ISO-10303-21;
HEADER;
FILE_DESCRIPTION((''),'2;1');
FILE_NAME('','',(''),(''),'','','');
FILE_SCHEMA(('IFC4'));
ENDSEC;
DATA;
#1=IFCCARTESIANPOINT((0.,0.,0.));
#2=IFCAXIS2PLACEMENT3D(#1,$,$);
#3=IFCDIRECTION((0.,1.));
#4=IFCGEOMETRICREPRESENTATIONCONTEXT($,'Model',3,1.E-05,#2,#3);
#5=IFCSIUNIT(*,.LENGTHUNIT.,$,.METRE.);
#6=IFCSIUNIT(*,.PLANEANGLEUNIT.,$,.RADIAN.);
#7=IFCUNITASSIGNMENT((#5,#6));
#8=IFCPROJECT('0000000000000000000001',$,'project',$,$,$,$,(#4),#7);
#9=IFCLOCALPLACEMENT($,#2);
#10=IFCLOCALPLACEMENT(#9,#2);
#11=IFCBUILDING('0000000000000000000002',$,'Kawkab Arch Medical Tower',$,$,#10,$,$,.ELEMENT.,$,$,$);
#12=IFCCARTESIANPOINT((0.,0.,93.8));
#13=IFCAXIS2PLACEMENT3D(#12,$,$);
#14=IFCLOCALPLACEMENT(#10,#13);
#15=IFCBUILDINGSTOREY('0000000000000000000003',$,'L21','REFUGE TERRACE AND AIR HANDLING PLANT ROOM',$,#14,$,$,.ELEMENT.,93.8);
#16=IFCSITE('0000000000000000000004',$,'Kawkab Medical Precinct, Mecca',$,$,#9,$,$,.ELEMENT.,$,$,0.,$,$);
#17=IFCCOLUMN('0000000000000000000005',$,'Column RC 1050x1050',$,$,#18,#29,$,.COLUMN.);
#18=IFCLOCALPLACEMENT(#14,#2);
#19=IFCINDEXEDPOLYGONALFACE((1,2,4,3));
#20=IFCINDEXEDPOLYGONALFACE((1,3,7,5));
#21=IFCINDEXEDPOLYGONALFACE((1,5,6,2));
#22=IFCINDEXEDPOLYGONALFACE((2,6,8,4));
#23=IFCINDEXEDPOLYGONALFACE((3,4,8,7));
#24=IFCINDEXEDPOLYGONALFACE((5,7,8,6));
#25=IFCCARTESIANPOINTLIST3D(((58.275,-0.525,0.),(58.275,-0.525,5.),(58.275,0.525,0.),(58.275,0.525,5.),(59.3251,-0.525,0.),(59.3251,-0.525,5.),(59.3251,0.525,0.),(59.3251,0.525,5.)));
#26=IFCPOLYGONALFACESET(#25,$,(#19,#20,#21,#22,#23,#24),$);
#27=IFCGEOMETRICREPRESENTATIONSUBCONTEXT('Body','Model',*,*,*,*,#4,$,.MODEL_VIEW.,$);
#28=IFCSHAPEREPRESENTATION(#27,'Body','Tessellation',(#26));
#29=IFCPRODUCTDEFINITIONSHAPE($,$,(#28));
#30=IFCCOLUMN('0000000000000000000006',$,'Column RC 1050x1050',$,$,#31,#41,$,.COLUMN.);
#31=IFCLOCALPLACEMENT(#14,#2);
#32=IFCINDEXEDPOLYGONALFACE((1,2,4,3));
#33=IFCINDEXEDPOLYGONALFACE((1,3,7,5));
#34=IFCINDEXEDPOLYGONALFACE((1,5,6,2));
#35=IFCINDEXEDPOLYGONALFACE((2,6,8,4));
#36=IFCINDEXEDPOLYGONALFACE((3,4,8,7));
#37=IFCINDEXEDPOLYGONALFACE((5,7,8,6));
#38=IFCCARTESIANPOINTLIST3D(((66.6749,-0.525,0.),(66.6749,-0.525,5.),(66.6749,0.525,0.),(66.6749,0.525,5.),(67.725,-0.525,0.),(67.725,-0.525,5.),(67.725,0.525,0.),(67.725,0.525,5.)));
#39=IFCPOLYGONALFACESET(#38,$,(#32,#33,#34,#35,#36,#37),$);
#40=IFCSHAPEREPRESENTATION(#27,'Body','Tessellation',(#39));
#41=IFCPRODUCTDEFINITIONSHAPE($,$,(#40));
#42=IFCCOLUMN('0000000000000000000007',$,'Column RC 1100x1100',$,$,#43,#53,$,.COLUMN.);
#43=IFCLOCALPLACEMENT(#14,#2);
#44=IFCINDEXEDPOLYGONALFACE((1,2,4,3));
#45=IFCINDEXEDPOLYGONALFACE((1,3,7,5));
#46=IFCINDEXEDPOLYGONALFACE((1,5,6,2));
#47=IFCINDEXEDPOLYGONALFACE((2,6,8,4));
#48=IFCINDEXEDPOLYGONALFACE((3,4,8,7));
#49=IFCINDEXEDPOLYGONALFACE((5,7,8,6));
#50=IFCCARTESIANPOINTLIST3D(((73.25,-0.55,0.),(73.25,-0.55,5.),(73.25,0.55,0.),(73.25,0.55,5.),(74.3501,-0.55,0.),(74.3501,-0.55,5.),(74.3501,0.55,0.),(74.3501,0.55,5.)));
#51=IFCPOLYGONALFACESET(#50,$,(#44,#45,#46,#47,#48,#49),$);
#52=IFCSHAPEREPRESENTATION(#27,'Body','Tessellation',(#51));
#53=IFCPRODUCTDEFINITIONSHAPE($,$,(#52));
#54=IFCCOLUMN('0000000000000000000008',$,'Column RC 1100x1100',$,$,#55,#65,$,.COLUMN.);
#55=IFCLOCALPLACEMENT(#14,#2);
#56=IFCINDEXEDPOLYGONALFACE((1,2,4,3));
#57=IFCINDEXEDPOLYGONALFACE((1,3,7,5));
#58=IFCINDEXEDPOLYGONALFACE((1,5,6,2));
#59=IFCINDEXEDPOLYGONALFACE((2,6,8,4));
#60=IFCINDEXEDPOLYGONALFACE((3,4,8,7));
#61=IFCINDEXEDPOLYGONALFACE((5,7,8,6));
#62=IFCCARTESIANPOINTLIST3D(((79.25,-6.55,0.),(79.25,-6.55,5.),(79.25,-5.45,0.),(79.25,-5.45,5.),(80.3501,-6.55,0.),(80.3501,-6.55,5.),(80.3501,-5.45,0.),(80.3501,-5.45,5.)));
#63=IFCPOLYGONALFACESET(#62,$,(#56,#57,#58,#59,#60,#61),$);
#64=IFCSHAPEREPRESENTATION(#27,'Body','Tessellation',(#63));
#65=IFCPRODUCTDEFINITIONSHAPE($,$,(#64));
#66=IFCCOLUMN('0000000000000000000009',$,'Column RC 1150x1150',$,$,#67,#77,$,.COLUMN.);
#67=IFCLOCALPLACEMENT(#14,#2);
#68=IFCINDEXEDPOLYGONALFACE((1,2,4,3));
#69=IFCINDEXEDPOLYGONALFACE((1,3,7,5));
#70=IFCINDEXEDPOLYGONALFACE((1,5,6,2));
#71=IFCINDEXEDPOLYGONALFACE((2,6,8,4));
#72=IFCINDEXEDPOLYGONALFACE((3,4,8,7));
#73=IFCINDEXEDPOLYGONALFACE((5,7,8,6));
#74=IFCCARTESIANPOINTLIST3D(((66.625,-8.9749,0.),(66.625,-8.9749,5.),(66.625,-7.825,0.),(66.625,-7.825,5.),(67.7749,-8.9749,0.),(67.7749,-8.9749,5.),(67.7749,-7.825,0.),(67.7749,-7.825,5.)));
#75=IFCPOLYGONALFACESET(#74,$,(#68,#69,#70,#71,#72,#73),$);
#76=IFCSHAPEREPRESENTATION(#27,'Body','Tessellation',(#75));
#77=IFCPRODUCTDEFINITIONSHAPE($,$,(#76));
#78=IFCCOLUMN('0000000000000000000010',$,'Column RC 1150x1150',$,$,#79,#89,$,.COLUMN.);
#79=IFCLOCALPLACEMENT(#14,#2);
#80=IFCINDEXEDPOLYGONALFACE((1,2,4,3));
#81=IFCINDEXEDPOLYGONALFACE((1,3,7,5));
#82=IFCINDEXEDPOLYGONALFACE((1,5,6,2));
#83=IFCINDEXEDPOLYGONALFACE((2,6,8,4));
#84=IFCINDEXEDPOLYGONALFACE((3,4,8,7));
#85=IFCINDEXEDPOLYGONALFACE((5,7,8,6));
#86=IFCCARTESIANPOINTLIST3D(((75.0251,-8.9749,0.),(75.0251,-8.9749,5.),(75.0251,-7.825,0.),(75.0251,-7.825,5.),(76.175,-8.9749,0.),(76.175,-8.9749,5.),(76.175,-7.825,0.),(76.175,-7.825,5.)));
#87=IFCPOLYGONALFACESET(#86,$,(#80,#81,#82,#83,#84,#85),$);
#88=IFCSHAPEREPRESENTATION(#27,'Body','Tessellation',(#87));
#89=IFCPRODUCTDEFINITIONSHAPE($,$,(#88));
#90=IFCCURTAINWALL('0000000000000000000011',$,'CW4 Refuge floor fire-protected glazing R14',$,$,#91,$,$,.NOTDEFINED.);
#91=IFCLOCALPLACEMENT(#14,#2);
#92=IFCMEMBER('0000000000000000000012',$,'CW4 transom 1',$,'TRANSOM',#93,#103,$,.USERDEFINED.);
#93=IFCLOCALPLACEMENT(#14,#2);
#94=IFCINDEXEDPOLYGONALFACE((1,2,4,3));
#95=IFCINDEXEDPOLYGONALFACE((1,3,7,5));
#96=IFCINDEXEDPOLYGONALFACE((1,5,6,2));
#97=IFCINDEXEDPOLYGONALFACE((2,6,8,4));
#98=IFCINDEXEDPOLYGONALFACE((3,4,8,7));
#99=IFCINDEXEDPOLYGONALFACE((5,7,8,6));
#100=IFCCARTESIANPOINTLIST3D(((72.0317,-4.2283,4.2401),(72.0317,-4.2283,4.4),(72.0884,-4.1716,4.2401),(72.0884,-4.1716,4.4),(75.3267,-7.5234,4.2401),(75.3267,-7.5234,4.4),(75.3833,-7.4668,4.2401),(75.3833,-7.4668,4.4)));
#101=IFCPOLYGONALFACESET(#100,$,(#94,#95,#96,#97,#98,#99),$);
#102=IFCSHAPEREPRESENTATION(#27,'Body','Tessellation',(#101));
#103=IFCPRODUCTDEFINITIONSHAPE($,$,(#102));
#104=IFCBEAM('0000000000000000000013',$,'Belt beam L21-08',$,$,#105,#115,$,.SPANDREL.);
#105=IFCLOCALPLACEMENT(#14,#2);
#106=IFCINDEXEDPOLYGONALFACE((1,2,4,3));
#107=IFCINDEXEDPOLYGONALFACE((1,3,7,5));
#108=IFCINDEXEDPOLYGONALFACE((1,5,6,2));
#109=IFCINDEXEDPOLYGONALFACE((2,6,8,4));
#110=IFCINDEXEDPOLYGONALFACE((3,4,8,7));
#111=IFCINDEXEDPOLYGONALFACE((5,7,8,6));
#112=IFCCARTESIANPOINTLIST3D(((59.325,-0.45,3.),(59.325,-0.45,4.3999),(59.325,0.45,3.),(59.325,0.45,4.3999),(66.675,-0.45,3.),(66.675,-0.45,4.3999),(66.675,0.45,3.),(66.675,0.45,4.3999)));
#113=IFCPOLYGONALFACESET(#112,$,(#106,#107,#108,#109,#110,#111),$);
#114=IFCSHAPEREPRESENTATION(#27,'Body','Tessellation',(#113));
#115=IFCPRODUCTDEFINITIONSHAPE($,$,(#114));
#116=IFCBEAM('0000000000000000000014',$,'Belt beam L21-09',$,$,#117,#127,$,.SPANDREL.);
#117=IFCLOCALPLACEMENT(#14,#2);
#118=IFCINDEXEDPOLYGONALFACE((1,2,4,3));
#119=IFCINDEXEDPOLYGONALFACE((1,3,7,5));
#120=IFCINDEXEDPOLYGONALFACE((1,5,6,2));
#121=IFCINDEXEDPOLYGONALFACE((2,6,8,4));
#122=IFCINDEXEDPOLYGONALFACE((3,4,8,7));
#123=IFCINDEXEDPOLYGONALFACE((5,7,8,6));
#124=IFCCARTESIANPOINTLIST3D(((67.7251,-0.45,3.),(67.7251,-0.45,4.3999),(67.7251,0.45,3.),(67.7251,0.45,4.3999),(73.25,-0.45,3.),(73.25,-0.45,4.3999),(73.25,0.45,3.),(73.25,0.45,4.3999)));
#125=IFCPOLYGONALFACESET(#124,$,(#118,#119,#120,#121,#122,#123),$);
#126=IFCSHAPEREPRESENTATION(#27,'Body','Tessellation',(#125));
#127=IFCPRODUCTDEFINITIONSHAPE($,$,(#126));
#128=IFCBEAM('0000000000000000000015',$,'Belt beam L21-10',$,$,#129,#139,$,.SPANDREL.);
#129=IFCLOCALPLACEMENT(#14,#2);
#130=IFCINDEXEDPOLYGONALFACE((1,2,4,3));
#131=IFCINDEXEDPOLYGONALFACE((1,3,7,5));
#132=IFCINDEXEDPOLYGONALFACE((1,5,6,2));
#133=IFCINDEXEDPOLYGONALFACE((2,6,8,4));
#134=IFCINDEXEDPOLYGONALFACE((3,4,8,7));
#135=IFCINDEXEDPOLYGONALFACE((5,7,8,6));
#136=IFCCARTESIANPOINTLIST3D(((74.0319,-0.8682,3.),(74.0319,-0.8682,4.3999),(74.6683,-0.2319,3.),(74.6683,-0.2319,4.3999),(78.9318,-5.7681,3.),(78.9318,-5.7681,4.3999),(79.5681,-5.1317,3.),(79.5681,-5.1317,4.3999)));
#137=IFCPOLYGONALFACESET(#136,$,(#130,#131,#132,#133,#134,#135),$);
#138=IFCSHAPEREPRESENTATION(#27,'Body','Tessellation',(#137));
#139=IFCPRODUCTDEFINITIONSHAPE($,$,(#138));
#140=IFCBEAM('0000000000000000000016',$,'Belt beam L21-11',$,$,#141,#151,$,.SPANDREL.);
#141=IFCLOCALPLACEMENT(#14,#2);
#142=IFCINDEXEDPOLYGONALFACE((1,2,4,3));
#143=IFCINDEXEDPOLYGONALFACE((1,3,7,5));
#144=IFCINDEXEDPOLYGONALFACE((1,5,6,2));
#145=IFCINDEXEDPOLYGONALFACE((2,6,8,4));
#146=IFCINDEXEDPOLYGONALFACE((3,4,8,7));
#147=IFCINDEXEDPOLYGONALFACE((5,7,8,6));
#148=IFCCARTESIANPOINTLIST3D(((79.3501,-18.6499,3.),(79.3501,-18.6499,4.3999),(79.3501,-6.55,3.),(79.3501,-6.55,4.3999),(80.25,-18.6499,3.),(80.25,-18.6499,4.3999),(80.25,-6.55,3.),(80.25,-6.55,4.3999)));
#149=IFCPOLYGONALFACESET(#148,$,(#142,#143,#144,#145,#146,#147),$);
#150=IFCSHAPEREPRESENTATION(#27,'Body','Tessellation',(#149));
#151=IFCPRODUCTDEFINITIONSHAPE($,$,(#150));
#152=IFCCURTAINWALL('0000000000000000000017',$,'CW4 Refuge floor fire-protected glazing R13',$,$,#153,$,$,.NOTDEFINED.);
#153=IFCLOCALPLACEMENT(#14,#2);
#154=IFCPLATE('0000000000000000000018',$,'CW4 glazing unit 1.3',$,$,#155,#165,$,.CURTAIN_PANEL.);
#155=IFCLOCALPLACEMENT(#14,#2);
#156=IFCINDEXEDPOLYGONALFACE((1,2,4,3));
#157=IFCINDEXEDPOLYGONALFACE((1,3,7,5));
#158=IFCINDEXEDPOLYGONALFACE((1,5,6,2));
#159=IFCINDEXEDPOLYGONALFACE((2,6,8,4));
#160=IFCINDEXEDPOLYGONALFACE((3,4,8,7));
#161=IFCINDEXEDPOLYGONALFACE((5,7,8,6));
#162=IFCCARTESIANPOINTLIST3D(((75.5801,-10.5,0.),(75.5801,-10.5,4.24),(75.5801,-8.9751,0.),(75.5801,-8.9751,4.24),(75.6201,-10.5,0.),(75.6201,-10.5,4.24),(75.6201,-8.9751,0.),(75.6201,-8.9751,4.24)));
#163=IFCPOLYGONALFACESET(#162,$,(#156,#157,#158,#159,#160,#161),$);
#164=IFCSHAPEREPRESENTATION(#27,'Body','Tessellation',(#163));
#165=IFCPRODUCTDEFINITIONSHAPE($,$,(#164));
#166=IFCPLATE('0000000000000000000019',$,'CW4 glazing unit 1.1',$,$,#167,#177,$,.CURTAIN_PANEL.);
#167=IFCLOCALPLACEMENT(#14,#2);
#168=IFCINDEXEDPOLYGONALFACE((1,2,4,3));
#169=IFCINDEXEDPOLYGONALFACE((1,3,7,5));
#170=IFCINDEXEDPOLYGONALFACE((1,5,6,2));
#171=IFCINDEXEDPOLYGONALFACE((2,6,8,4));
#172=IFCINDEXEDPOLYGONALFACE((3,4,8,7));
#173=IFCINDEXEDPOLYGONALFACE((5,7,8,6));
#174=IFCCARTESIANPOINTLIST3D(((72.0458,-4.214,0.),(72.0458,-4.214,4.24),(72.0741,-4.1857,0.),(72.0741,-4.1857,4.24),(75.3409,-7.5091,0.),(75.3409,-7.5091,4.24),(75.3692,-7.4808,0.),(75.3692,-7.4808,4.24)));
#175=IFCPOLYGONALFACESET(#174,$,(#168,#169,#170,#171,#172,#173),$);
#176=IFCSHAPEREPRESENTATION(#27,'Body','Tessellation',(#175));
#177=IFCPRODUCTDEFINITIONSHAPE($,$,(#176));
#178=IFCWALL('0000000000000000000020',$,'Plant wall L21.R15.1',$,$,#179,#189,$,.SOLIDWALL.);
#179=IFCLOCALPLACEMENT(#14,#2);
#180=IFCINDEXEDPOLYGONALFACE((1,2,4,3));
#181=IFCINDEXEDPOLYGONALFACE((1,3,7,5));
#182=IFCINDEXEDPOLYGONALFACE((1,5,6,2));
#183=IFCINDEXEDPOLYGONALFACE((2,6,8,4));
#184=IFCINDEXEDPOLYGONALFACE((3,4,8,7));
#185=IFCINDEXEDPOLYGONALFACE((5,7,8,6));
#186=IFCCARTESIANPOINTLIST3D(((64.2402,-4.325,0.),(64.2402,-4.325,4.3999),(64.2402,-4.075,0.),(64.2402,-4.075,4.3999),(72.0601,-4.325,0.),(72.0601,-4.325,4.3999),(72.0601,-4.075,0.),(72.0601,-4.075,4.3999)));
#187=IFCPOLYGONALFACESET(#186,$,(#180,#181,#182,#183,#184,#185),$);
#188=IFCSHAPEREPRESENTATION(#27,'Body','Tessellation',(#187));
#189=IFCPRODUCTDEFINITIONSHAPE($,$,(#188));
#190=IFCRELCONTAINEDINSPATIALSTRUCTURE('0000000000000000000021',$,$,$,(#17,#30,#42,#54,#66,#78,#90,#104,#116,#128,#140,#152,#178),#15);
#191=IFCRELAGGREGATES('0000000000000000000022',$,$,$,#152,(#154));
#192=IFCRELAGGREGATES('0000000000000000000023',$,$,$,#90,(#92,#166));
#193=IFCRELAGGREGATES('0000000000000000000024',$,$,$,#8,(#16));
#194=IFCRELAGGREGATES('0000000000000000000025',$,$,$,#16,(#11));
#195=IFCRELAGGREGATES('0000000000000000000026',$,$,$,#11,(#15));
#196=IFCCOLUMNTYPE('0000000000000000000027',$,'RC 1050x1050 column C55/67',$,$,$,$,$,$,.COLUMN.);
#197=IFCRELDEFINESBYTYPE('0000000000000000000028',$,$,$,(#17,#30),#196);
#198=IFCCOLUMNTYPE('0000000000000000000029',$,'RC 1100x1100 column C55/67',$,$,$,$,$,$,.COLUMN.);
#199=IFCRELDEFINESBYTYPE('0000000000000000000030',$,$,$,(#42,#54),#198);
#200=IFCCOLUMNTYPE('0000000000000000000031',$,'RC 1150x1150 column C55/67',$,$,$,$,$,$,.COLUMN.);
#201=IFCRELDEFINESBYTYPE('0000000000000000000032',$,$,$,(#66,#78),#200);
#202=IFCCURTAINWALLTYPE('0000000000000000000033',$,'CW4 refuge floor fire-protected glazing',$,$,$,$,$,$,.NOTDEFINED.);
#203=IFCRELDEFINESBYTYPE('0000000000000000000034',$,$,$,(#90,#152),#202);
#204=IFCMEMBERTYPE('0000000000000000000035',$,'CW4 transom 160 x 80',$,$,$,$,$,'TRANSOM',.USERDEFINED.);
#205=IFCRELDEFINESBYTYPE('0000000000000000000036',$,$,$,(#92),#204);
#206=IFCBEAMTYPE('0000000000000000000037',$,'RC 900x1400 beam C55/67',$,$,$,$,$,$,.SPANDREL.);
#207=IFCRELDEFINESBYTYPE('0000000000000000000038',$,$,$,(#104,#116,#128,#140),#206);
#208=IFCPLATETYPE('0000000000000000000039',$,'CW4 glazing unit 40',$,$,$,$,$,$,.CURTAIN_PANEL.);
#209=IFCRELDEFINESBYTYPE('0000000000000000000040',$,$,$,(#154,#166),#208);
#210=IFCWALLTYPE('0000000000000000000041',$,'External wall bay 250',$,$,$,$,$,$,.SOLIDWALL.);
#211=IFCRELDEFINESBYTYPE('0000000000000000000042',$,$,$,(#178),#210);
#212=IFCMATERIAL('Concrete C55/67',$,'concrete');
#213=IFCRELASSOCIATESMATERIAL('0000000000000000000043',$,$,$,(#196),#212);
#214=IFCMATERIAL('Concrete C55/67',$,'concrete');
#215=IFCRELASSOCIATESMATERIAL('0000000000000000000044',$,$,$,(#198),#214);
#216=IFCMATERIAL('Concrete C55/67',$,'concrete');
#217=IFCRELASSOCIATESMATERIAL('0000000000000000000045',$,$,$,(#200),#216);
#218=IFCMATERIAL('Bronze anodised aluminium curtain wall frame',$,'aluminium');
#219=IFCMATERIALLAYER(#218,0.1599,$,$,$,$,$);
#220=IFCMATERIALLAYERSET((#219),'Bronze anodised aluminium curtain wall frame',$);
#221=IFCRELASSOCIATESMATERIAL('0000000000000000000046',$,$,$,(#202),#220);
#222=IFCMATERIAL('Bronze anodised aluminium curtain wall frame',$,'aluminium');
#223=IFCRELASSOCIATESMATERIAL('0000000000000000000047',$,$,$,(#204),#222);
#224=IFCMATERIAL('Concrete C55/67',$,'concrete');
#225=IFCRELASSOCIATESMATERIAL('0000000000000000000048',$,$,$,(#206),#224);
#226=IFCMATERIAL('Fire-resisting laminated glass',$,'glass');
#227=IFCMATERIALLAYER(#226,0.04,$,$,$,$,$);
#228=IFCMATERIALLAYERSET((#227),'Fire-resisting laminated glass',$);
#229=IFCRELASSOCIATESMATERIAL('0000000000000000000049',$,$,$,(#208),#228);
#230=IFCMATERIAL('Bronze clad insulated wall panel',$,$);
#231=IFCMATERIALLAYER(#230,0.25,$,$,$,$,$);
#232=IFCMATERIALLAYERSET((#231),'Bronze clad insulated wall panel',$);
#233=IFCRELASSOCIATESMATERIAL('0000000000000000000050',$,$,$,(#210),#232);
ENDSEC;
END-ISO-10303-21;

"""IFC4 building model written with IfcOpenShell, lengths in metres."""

from ifc_helpers import new_model, si_unit, direction, frame, frame_2d, origin, origin_2d, place, context, subcontext, project, spatial, rectangle, extrude, material, layer, layer_set, material_profile, profile_set, type_object, element, aggregate, save


model = new_model("IFC4")

# Units and contexts
model_context = context("Model", 3, precision=1e-05, world=origin(), true_north=direction((0.0, 1.0)))
body_context = subcontext(model_context, "Body", "Model", "MODEL_VIEW")
ifc_project = project(units=[si_unit("LENGTHUNIT", "METRE"), si_unit("PLANEANGLEUNIT", "RADIAN")], contexts=[model_context])

# Site, building, storey
site_placement = place(None, origin())
site = spatial("IfcSite", under=ifc_project, at=site_placement, Name="Kawkab Medical Precinct, Mecca", CompositionType="ELEMENT", RefElevation=0.0)
building_placement = place(site_placement, origin())
building = spatial("IfcBuilding", under=site, at=building_placement, Name="Kawkab Arch Medical Tower", CompositionType="ELEMENT")
storey_placement = place(building_placement, frame((0.0, 0.0, 93.8)))
storey = spatial("IfcBuildingStorey", under=building, at=storey_placement, Name="L21", Description="REFUGE TERRACE AND AIR HANDLING PLANT ROOM", CompositionType="ELEMENT", Elevation=93.8)

# Columns
ifc_material_1 = material(Name="Concrete C55/67", Category="concrete")
ifc_material_profile_1 = material_profile(ifc_material_1, rectangle(XDim=1.05, YDim=1.05, at=origin_2d()), Name="RC 1050x1050")
ifc_profile_set_1 = profile_set([ifc_material_profile_1], Name="Concrete C55/67")
column_type_1 = type_object("IfcColumnType", Name="RC 1050x1050 column C55/67", PredefinedType="COLUMN", material=ifc_profile_set_1)
for number, where, z_axis, x_axis, name in (
    (1, (58.8, 0.0, 0.0), (0.0, 0.0, 1.0), (1.0, 0.0, 0.0), "Column RC 1050x1050"),
    (2, (67.2, 0.0, 0.0), (0.0, 0.0, 1.0), (1.0, 0.0, 0.0), "Column RC 1050x1050"),
):
    element("IfcColumn", number, at=place(storey_placement, frame(where, z_axis=z_axis, x_axis=x_axis)), inside=storey, type_object=column_type_1, Name=name, PredefinedType="COLUMN", context=body_context, shape_type="SweptSolid", body=[
        extrude(rectangle(XDim=1.05, YDim=1.05, at=origin_2d()), origin(), (0.0, 0.0, 1.0), 5.0),
    ])
ifc_material_2 = material(Name="Concrete C55/67", Category="concrete")
ifc_material_profile_2 = material_profile(ifc_material_2, rectangle(XDim=1.1001, YDim=1.1001, at=origin_2d()), Name="RC 1100x1100")
ifc_profile_set_2 = profile_set([ifc_material_profile_2], Name="Concrete C55/67")
column_type_2 = type_object("IfcColumnType", Name="RC 1100x1100 column C55/67", PredefinedType="COLUMN", material=ifc_profile_set_2)
for number, where, z_axis, x_axis, name in (
    (3, (73.8, 0.0, 0.0), (0.0, 0.0, 1.0), (1.0, 0.0, 0.0), "Column RC 1100x1100"),
    (4, (79.8, -6.0, 0.0), (0.0, 0.0, 1.0), (1.0, 0.0, 0.0), "Column RC 1100x1100"),
):
    element("IfcColumn", number, at=place(storey_placement, frame(where, z_axis=z_axis, x_axis=x_axis)), inside=storey, type_object=column_type_2, Name=name, PredefinedType="COLUMN", context=body_context, shape_type="SweptSolid", body=[
        extrude(rectangle(XDim=1.1001, YDim=1.1001, at=origin_2d()), origin(), (0.0, 0.0, 1.0), 5.0),
    ])
ifc_material_3 = material(Name="Concrete C55/67", Category="concrete")
ifc_material_profile_3 = material_profile(ifc_material_3, rectangle(XDim=1.1499, YDim=1.1499, at=origin_2d()), Name="RC 1150x1150")
ifc_profile_set_3 = profile_set([ifc_material_profile_3], Name="Concrete C55/67")
column_type_3 = type_object("IfcColumnType", Name="RC 1150x1150 column C55/67", PredefinedType="COLUMN", material=ifc_profile_set_3)
for number, where, z_axis, x_axis, name in (
    (5, (67.2, -8.3999, 0.0), (0.0, 0.0, 1.0), (1.0, 0.0, 0.0), "Column RC 1150x1150"),
    (6, (75.6001, -8.3999, 0.0), (0.0, 0.0, 1.0), (1.0, 0.0, 0.0), "Column RC 1150x1150"),
):
    element("IfcColumn", number, at=place(storey_placement, frame(where, z_axis=z_axis, x_axis=x_axis)), inside=storey, type_object=column_type_3, Name=name, PredefinedType="COLUMN", context=body_context, shape_type="SweptSolid", body=[
        extrude(rectangle(XDim=1.1499, YDim=1.1499, at=origin_2d()), origin(), (0.0, 0.0, 1.0), 5.0),
    ])

# Curtain wall, member
ifc_material_4 = material(Name="Bronze anodised aluminium curtain wall frame", Category="aluminium")
ifc_layer_1 = layer(ifc_material_4, 0.1599)
ifc_layer_set_1 = layer_set([ifc_layer_1], Name="Bronze anodised aluminium curtain wall frame")
curtain_wall_type = type_object("IfcCurtainWallType", Name="CW4 refuge floor fire-protected glazing", PredefinedType="NOTDEFINED", material=ifc_layer_set_1)
placement = place(storey_placement, origin())
curtain_wall_1 = element("IfcCurtainWall", 7, at=placement, inside=storey, type_object=curtain_wall_type, Name="CW4 Refuge floor fire-protected glazing R14", PredefinedType="NOTDEFINED")
ifc_material_5 = material(Name="Bronze anodised aluminium curtain wall frame", Category="aluminium")
ifc_material_profile_4 = material_profile(ifc_material_5, rectangle(XDim=0.0801, YDim=0.1599, at=origin_2d()), Name="AL 80x160")
ifc_profile_set_4 = profile_set([ifc_material_profile_4], Name="Bronze anodised aluminium curtain wall frame")
member_type = type_object("IfcMemberType", Name="CW4 transom 160 x 80", ElementType="TRANSOM", PredefinedType="USERDEFINED", material=ifc_profile_set_4)
member_placement = place(storey_placement, frame((75.355, -7.4951, 4.3201), z_axis=(-0.707081, 0.707133, 0.0), x_axis=(-0.707133, -0.707081, 0.0)))
member = element("IfcMember", 8, at=member_placement, type_object=member_type, Name="CW4 transom 1", ObjectType="TRANSOM", PredefinedType="USERDEFINED", context=body_context, shape_type="SweptSolid", body=[
    extrude(rectangle(XDim=0.0801, YDim=0.1599, at=origin_2d()), origin(), (0.0, 0.0, 1.0), 4.6599),
])

# Beams
ifc_material_6 = material(Name="Concrete C55/67", Category="concrete")
ifc_material_profile_5 = material_profile(ifc_material_6, rectangle(XDim=0.8999, YDim=1.3999, at=origin_2d()), Name="RC 900x1400")
ifc_profile_set_5 = profile_set([ifc_material_profile_5], Name="Concrete C55/67")
beam_type = type_object("IfcBeamType", Name="RC 900x1400 beam C55/67", PredefinedType="SPANDREL", material=ifc_profile_set_5)
beam_1_placement = place(storey_placement, frame((59.325, 0.0, 3.7), z_axis=(1.0, 0.0, 0.0), x_axis=(0.0, 1.0, 0.0)))
element("IfcBeam", 9, at=beam_1_placement, inside=storey, type_object=beam_type, Name="Belt beam L21-08", PredefinedType="SPANDREL", context=body_context, shape_type="SweptSolid", body=[
    extrude(rectangle(XDim=0.8999, YDim=1.3999, at=origin_2d()), origin(), (0.0, 0.0, 1.0), 7.3501),
])
beam_2_placement = place(storey_placement, frame((67.7251, 0.0, 3.7), z_axis=(1.0, 0.0, 0.0), x_axis=(0.0, 1.0, 0.0)))
element("IfcBeam", 10, at=beam_2_placement, inside=storey, type_object=beam_type, Name="Belt beam L21-09", PredefinedType="SPANDREL", context=body_context, shape_type="SweptSolid", body=[
    extrude(rectangle(XDim=0.8999, YDim=1.3999, at=origin_2d()), origin(), (0.0, 0.0, 1.0), 5.5249),
])
beam_3_placement = place(storey_placement, frame((74.3501, -0.55, 3.7), z_axis=(0.707107, -0.707107, 0.0), x_axis=(0.707107, 0.707107, 0.0)))
element("IfcBeam", 11, at=beam_3_placement, inside=storey, type_object=beam_type, Name="Belt beam L21-10", PredefinedType="SPANDREL", context=body_context, shape_type="SweptSolid", body=[
    extrude(rectangle(XDim=0.8999, YDim=1.3999, at=origin_2d()), origin(), (0.0, 0.0, 1.0), 6.9294),
])
beam_4_placement = place(storey_placement, frame((79.8, -6.55, 3.7), z_axis=(0.0, -1.0, 0.0), x_axis=(1.0, 0.0, 0.0)))
element("IfcBeam", 12, at=beam_4_placement, inside=storey, type_object=beam_type, Name="Belt beam L21-11", PredefinedType="SPANDREL", context=body_context, shape_type="SweptSolid", body=[
    extrude(rectangle(XDim=0.8999, YDim=1.3999, at=origin_2d()), origin(), (0.0, 0.0, 1.0), 12.0999),
])

# Curtain wall, plate
curtain_wall_2 = element("IfcCurtainWall", 13, at=placement, inside=storey, type_object=curtain_wall_type, Name="CW4 Refuge floor fire-protected glazing R13", PredefinedType="NOTDEFINED")
ifc_material_7 = material(Name="Fire-resisting laminated glass", Category="glass")
ifc_layer_2 = layer(ifc_material_7, 0.04)
ifc_layer_set_2 = layer_set([ifc_layer_2], Name="Fire-resisting laminated glass")
plate_type = type_object("IfcPlateType", Name="CW4 glazing unit 40", PredefinedType="CURTAIN_PANEL", material=ifc_layer_set_2)
plate_1_placement = place(storey_placement, frame((75.6001, -9.7375, 0.0), z_axis=(0.0, 0.0, 1.0), x_axis=(0.0, 1.0, 0.0)))
plate_1 = element("IfcPlate", 14, at=plate_1_placement, type_object=plate_type, Name="CW4 glazing unit 1.3", PredefinedType="CURTAIN_PANEL", context=body_context, shape_type="SweptSolid", body=[
    extrude(rectangle(XDim=1.5249, YDim=0.04, at=origin_2d()), origin(), (0.0, 0.0, 1.0), 4.24),
])
aggregate(curtain_wall_2, [plate_1])

# Plate
plate_2_placement = place(storey_placement, frame((73.7075, -5.8474, 0.0), z_axis=(0.0, 0.0, 1.0), x_axis=(-0.707107, 0.707107, 0.0)))
plate_2 = element("IfcPlate", 15, at=plate_2_placement, type_object=plate_type, Name="CW4 glazing unit 1.1", PredefinedType="CURTAIN_PANEL", context=body_context, shape_type="SweptSolid", body=[
    extrude(rectangle(XDim=4.6599, YDim=0.04, at=origin_2d()), origin(), (0.0, 0.0, 1.0), 4.24),
])
aggregate(curtain_wall_1, [member, plate_2])

# Wall
ifc_material_8 = material(Name="Bronze clad insulated wall panel")
ifc_layer_3 = layer(ifc_material_8, 0.25)
ifc_layer_set_3 = layer_set([ifc_layer_3], Name="Bronze clad insulated wall panel")
wall_type_1 = type_object("IfcWallType", Name="External wall bay 250", PredefinedType="SOLIDWALL", material=ifc_layer_set_3)
wall_1_placement = place(storey_placement, frame((72.0601, -4.2, 0.0), z_axis=(0.0, 0.0, 1.0), x_axis=(-1.0, 0.0, 0.0)))
element("IfcWall", 16, at=wall_1_placement, inside=storey, type_object=wall_type_1, Name="Plant wall L21.R15.1", PredefinedType="SOLIDWALL", context=body_context, shape_type="SweptSolid", body=[
    extrude(rectangle(XDim=7.8198, YDim=0.25, at=frame_2d((3.9099, 0.0))), origin(), (0.0, 0.0, 1.0), 4.3999),
])

save(model, "model.ifc")
